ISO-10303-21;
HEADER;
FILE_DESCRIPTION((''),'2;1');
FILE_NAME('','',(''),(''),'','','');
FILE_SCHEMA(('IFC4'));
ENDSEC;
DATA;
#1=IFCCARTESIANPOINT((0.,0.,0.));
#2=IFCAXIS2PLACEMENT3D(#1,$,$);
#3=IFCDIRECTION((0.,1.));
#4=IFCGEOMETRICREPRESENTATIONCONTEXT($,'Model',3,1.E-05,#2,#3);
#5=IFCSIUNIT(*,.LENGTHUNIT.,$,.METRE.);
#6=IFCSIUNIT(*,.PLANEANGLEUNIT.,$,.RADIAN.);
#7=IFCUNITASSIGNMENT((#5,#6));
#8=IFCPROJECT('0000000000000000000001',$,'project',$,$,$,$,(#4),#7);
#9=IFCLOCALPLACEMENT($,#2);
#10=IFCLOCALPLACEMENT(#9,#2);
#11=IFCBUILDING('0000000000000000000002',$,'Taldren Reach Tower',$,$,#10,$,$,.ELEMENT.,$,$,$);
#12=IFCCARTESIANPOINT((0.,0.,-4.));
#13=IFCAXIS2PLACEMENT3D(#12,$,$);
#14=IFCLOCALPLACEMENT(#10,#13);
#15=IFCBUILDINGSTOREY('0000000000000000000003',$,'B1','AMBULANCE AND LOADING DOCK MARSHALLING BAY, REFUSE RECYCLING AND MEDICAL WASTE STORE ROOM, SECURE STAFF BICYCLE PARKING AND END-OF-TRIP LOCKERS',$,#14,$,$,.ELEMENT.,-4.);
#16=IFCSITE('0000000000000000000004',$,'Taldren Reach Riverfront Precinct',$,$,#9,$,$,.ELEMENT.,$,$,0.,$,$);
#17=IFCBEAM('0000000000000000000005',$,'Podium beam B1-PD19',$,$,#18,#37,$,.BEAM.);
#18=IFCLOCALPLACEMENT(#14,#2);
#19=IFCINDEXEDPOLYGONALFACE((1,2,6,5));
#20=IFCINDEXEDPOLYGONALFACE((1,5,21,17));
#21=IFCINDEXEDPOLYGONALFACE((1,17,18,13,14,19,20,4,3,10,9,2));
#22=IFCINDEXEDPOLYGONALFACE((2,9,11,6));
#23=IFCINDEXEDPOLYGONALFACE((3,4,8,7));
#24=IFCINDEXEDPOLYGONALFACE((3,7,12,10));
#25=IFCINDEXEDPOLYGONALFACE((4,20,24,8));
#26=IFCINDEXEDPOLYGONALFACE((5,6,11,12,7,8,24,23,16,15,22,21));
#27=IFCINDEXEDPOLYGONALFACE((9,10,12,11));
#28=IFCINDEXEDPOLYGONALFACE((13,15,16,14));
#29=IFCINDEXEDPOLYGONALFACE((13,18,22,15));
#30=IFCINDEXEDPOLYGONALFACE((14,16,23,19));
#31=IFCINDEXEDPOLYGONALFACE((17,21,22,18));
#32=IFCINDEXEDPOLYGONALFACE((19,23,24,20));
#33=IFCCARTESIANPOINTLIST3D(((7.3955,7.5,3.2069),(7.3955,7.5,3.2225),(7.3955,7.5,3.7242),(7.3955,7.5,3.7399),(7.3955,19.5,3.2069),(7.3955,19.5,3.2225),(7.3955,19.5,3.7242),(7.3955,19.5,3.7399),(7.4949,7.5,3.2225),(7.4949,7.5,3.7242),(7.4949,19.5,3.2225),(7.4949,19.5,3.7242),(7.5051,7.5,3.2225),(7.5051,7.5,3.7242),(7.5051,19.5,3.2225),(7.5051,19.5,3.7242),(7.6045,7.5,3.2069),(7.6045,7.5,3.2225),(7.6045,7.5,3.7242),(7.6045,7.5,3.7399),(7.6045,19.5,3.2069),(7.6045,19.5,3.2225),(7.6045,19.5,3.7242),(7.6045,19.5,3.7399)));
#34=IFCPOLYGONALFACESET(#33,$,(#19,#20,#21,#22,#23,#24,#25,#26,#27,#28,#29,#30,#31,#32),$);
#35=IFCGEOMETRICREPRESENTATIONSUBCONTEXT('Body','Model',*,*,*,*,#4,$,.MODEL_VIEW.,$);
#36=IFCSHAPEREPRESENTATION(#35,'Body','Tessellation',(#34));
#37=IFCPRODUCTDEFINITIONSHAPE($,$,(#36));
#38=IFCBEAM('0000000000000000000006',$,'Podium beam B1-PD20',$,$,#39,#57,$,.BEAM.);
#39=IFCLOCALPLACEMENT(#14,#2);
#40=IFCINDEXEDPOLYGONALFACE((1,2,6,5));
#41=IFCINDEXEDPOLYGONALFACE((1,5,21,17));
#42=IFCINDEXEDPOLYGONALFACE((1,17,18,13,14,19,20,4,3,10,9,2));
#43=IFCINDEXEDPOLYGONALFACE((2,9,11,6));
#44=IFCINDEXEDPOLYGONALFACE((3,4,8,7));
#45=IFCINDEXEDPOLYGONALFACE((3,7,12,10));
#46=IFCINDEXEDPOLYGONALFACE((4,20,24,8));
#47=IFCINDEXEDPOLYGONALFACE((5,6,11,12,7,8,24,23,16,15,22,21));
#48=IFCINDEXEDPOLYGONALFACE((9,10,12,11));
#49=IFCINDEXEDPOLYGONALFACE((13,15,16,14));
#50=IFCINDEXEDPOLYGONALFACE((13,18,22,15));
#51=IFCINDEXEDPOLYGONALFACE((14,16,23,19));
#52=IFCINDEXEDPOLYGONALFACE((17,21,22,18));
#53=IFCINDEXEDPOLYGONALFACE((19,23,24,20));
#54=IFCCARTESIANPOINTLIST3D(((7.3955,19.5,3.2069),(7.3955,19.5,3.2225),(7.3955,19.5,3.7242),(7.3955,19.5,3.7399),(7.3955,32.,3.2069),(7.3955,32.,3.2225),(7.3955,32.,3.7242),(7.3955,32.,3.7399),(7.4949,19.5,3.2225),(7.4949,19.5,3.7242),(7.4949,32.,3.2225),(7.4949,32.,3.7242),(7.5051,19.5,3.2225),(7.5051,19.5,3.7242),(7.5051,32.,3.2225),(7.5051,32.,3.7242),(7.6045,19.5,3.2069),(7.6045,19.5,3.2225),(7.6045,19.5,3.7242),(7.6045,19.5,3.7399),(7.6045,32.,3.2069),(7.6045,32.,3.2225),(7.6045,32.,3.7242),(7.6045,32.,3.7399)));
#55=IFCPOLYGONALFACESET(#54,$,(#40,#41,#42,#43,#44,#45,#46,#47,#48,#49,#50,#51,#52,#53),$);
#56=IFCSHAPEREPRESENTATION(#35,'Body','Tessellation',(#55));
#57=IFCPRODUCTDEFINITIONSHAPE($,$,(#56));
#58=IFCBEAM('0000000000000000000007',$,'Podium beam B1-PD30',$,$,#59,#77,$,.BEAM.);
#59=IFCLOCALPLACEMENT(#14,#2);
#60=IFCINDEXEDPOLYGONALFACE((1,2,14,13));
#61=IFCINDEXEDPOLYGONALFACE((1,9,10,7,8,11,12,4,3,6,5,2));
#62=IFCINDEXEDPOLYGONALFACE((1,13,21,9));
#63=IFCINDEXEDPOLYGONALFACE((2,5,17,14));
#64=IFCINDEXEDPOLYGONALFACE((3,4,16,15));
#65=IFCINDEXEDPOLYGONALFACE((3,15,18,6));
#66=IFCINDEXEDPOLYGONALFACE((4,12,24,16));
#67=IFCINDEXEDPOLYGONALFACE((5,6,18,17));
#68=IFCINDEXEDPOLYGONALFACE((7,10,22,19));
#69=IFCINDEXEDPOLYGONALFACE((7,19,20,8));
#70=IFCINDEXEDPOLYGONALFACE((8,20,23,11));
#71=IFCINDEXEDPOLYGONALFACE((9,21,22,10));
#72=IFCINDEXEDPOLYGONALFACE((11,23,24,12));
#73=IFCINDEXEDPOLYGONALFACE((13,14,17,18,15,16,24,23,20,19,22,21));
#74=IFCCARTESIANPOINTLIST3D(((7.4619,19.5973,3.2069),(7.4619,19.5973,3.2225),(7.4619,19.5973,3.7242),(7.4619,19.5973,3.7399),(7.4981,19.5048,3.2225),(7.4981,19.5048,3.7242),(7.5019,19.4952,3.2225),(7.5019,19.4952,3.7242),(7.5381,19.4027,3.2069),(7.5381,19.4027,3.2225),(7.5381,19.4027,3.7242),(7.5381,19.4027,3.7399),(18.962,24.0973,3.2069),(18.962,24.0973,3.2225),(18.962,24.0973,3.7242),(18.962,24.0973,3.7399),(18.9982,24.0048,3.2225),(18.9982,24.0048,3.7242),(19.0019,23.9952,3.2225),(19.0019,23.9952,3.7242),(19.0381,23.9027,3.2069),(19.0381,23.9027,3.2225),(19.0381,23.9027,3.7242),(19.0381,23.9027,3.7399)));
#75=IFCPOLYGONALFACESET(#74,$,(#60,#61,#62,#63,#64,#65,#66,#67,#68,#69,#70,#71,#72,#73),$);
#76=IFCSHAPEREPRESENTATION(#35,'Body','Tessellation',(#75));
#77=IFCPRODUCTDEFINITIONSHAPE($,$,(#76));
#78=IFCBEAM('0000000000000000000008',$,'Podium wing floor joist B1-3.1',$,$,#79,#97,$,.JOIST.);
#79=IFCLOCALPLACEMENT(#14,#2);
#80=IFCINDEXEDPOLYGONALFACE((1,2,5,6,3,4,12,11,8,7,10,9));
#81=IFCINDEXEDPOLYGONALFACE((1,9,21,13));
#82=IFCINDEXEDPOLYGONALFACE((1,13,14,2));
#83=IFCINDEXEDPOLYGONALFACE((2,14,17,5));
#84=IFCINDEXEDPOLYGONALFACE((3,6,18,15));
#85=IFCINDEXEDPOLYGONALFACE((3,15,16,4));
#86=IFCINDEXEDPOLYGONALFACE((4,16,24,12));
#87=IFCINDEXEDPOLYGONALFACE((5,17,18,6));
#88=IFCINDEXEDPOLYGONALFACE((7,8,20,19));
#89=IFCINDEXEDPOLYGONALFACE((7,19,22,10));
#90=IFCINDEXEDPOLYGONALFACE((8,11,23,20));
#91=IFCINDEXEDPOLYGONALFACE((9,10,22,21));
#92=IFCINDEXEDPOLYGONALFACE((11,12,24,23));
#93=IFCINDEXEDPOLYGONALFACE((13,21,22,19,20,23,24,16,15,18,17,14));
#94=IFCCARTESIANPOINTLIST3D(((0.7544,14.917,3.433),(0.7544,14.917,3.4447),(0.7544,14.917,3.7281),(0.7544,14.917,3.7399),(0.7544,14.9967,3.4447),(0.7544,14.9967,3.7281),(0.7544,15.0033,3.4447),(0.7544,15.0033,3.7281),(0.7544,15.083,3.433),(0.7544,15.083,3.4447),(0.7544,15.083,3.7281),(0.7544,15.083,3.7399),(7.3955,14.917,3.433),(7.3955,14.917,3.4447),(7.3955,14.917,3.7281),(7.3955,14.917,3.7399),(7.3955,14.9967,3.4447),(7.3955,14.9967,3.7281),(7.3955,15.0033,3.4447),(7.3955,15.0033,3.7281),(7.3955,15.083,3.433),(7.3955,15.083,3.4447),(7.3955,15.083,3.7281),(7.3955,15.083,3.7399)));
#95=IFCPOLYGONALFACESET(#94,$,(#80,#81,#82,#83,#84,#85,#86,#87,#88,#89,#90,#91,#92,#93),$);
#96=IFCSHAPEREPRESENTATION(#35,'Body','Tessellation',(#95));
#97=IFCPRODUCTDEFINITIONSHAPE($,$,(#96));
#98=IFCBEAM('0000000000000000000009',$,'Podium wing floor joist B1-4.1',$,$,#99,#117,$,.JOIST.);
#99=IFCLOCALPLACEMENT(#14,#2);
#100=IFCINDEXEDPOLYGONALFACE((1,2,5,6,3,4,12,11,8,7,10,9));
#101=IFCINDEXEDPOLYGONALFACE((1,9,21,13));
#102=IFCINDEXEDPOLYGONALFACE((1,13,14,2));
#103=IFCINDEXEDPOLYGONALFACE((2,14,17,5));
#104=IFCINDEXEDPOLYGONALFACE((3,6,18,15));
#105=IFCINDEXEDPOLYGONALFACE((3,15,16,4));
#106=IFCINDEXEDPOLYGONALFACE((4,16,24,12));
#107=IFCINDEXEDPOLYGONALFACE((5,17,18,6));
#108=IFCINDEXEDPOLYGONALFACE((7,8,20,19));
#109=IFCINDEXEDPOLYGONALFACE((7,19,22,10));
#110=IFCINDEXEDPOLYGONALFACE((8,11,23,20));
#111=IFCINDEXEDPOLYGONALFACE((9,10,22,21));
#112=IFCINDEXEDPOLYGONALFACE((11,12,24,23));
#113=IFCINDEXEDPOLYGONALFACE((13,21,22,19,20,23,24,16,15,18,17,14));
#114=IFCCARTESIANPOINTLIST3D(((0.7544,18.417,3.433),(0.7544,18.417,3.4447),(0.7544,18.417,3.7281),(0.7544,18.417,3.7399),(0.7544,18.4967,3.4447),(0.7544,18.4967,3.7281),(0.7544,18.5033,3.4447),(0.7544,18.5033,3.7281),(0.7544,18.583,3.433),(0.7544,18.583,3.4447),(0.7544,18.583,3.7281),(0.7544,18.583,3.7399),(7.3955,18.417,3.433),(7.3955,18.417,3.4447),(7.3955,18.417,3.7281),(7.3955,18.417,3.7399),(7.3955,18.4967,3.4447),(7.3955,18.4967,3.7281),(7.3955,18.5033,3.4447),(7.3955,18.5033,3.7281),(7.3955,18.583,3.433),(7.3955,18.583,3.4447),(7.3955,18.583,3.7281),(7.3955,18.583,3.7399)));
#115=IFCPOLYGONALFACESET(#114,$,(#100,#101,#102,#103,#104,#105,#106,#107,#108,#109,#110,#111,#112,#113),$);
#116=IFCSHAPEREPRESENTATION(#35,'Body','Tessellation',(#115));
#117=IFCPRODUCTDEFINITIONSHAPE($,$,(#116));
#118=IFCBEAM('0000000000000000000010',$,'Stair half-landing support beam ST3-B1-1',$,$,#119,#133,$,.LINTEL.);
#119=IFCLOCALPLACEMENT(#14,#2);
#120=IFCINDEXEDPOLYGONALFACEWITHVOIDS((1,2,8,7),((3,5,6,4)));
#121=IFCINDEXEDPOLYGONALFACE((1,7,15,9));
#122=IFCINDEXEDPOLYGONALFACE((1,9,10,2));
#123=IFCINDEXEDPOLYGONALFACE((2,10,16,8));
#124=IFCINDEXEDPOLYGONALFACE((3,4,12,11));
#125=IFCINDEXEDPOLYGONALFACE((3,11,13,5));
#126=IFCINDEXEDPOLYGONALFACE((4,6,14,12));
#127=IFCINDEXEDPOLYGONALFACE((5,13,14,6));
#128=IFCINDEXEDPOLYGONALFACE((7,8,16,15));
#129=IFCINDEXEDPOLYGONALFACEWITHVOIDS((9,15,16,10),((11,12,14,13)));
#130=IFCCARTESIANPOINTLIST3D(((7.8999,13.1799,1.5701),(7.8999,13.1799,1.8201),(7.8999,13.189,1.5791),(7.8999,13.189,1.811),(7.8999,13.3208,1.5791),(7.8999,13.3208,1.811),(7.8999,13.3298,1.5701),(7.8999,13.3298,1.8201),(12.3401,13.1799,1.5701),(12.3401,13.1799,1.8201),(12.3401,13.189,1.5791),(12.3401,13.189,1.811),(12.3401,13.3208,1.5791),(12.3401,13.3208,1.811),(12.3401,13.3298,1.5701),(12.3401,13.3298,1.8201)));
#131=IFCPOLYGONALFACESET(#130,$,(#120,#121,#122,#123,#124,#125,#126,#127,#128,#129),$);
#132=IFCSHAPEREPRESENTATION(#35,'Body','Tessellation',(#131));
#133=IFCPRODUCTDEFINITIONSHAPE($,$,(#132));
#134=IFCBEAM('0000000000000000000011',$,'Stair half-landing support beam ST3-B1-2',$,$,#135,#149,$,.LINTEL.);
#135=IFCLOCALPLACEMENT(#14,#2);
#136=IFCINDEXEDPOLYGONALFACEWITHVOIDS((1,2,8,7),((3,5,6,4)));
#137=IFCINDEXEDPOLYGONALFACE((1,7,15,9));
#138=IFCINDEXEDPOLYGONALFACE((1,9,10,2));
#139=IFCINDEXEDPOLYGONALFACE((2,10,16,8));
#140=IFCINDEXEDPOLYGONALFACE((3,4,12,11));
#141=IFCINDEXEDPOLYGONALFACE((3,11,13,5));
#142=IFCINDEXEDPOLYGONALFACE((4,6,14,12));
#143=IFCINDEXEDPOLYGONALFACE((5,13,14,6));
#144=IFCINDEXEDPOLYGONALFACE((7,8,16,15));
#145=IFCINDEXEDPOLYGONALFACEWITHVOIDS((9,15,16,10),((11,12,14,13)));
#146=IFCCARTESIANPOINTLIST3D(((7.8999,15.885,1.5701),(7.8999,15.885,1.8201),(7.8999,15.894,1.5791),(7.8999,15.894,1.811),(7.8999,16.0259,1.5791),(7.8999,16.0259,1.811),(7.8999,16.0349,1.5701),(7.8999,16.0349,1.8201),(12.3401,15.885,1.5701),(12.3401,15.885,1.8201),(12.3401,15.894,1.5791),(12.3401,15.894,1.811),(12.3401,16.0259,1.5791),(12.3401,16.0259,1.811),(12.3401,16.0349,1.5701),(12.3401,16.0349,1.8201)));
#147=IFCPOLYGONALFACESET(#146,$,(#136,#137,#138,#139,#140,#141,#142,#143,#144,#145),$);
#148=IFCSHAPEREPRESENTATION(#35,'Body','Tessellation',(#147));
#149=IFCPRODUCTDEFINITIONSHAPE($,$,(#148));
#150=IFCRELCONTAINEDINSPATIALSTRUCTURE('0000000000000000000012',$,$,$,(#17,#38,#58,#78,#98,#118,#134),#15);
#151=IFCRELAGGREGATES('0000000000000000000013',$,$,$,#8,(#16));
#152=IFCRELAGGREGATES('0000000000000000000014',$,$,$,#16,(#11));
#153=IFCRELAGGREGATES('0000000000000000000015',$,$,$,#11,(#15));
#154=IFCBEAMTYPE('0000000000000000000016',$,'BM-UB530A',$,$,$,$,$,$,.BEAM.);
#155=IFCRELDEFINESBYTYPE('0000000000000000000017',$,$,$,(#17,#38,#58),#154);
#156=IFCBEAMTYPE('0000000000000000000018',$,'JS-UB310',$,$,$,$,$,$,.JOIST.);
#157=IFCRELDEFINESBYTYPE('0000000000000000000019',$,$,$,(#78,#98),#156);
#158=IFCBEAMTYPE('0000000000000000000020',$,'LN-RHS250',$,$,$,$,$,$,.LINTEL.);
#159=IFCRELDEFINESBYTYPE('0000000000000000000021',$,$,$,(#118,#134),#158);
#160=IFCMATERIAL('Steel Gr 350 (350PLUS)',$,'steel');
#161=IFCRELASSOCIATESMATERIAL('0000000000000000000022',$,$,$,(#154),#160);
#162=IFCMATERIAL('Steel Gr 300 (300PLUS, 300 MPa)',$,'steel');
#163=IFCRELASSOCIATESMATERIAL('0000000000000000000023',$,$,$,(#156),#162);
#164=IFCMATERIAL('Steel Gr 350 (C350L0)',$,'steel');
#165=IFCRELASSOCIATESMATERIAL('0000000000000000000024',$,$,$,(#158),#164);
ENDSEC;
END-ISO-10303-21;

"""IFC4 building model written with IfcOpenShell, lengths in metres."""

from ifc_helpers import new_model, si_unit, direction, frame, origin, origin_2d, place, context, subcontext, project, spatial, hollow_rectangle, i_section, extrude, source, transform, mapped, material, material_profile, profile_set, type_object, element, save


model = new_model("IFC4")

# Units and contexts
model_context = context("Model", 3, precision=1e-05, world=origin(), true_north=direction((0.0, 1.0)))
body_context = subcontext(model_context, "Body", "Model", "MODEL_VIEW")
ifc_project = project(units=[si_unit("LENGTHUNIT", "METRE"), si_unit("PLANEANGLEUNIT", "RADIAN")], contexts=[model_context])

# Site, building, storey
site_placement = place(None, origin())
site = spatial("IfcSite", under=ifc_project, at=site_placement, Name="Taldren Reach Riverfront Precinct", CompositionType="ELEMENT", RefElevation=0.0)
building_placement = place(site_placement, origin())
building = spatial("IfcBuilding", under=site, at=building_placement, Name="Taldren Reach Tower", CompositionType="ELEMENT")
storey_placement = place(building_placement, frame((0.0, 0.0, -4.0)))
storey = spatial("IfcBuildingStorey", under=building, at=storey_placement, Name="B1", Description="AMBULANCE AND LOADING DOCK MARSHALLING BAY, REFUSE RECYCLING AND MEDICAL WASTE STORE ROOM, SECURE STAFF BICYCLE PARKING AND END-OF-TRIP LOCKERS", CompositionType="ELEMENT", Elevation=-4.0)

# Shared definitions
ifc_material_1 = material(Name="Steel Gr 350 (C350L0)", Category="steel")

# Beams
ifc_material_2 = material(Name="Steel Gr 350 (350PLUS)", Category="steel")
ifc_material_profile_1 = material_profile(ifc_material_2, i_section(OverallWidth=0.209, OverallDepth=0.533, WebThickness=0.0103, FlangeThickness=0.0156, at=origin_2d()), Name="530UB92.4")
ifc_profile_set_1 = profile_set([ifc_material_profile_1], Name="Steel Gr 350 (350PLUS)")
beam_type_1 = type_object("IfcBeamType", Name="BM-UB530A", PredefinedType="BEAM", material=ifc_profile_set_1)
shared_shape_1 = source(origin(), body_context, "Body", "SweptSolid", [
    extrude(i_section(OverallWidth=0.209, OverallDepth=0.533, WebThickness=0.0103, FlangeThickness=0.0156, at=origin_2d()), origin(), (0.0, 0.0, 1.0), 12.0),
])
beam_1_placement = place(storey_placement, frame((7.5, 7.5, 3.4734), z_axis=(0.0, 1.0, 0.0), x_axis=(-1.0, 0.0, 0.0)))
element("IfcBeam", 1, at=beam_1_placement, inside=storey, type_object=beam_type_1, Name="Podium beam B1-PD19", PredefinedType="BEAM", context=body_context, shape_type="MappedRepresentation", body=[
    mapped(shared_shape_1, transform((0.0, 0.0, 0.0), scale=1.0)),
])
shared_shape_2 = source(origin(), body_context, "Body", "SweptSolid", [
    extrude(i_section(OverallWidth=0.209, OverallDepth=0.533, WebThickness=0.0103, FlangeThickness=0.0156, at=origin_2d()), origin(), (0.0, 0.0, 1.0), 12.5),
])
beam_2_placement = place(storey_placement, frame((7.5, 19.5, 3.4734), z_axis=(0.0, 1.0, 0.0), x_axis=(-1.0, 0.0, 0.0)))
element("IfcBeam", 2, at=beam_2_placement, inside=storey, type_object=beam_type_1, Name="Podium beam B1-PD20", PredefinedType="BEAM", context=body_context, shape_type="MappedRepresentation", body=[
    mapped(shared_shape_2, transform((0.0, 0.0, 0.0), scale=1.0)),
])
shared_shape_3 = source(origin(), body_context, "Body", "SweptSolid", [
    extrude(i_section(OverallWidth=0.209, OverallDepth=0.533, WebThickness=0.0103, FlangeThickness=0.0156, at=origin_2d()), origin(), (0.0, 0.0, 1.0), 12.3491),
])
beam_3_placement = place(storey_placement, frame((7.5, 19.5, 3.4734), z_axis=(0.931243, 0.364399, 0.0), x_axis=(-0.364399, 0.931243, 0.0)))
element("IfcBeam", 3, at=beam_3_placement, inside=storey, type_object=beam_type_1, Name="Podium beam B1-PD30", PredefinedType="BEAM", context=body_context, shape_type="MappedRepresentation", body=[
    mapped(shared_shape_3, transform((0.0, 0.0, 0.0), scale=1.0)),
])
ifc_material_3 = material(Name="Steel Gr 300 (300PLUS, 300 MPa)", Category="steel")
ifc_material_profile_2 = material_profile(ifc_material_3, i_section(OverallWidth=0.166, OverallDepth=0.3069, WebThickness=0.0066, FlangeThickness=0.0117, at=origin_2d()), Name="310UB46.2")
ifc_profile_set_2 = profile_set([ifc_material_profile_2], Name="Steel Gr 300 (300PLUS, 300 MPa)")
beam_type_2 = type_object("IfcBeamType", Name="JS-UB310", PredefinedType="JOIST", material=ifc_profile_set_2)
shared_shape_4 = source(origin(), body_context, "Body", "SweptSolid", [
    extrude(i_section(OverallWidth=0.166, OverallDepth=0.3069, WebThickness=0.0066, FlangeThickness=0.0117, at=origin_2d()), origin(), (0.0, 0.0, 1.0), 6.6411),
])
for number, where, z_axis, x_axis, name in (
    (4, (0.7544, 15.0, 3.5864), (1.0, 0.0, 0.0), (0.0, 1.0, 0.0), "Podium wing floor joist B1-3.1"),
    (5, (0.7544, 18.5, 3.5864), (1.0, 0.0, 0.0), (0.0, 1.0, 0.0), "Podium wing floor joist B1-4.1"),
):
    element("IfcBeam", number, at=place(storey_placement, frame(where, z_axis=z_axis, x_axis=x_axis)), inside=storey, type_object=beam_type_2, Name=name, PredefinedType="JOIST", context=body_context, shape_type="MappedRepresentation", body=[
        mapped(shared_shape_4, transform((0.0, 0.0, 0.0), scale=1.0)),
    ])
ifc_material_profile_3 = material_profile(ifc_material_1, hollow_rectangle(XDim=0.1499, YDim=0.25, WallThickness=0.009, at=origin_2d()), Name="250x150x9.0RHS")
ifc_profile_set_3 = profile_set([ifc_material_profile_3], Name="Steel Gr 350 (C350L0)")
beam_type_3 = type_object("IfcBeamType", Name="LN-RHS250", PredefinedType="LINTEL", material=ifc_profile_set_3)
shared_shape_5 = source(origin(), body_context, "Body", "SweptSolid", [
    extrude(hollow_rectangle(XDim=0.1499, YDim=0.25, WallThickness=0.009, at=origin_2d()), origin(), (0.0, 0.0, 1.0), 4.4402),
])
for number, where, z_axis, x_axis, name in (
    (6, (7.8999, 13.2549, 1.6951), (1.0, 0.0, 0.0), (0.0, 1.0, 0.0), "Stair half-landing support beam ST3-B1-1"),
    (7, (7.8999, 15.96, 1.6951), (1.0, 0.0, 0.0), (0.0, 1.0, 0.0), "Stair half-landing support beam ST3-B1-2"),
):
    element("IfcBeam", number, at=place(storey_placement, frame(where, z_axis=z_axis, x_axis=x_axis)), inside=storey, type_object=beam_type_3, Name=name, PredefinedType="LINTEL", context=body_context, shape_type="MappedRepresentation", body=[
        mapped(shared_shape_5, transform((0.0, 0.0, 0.0), scale=1.0)),
    ])

save(model, "model.ifc")
